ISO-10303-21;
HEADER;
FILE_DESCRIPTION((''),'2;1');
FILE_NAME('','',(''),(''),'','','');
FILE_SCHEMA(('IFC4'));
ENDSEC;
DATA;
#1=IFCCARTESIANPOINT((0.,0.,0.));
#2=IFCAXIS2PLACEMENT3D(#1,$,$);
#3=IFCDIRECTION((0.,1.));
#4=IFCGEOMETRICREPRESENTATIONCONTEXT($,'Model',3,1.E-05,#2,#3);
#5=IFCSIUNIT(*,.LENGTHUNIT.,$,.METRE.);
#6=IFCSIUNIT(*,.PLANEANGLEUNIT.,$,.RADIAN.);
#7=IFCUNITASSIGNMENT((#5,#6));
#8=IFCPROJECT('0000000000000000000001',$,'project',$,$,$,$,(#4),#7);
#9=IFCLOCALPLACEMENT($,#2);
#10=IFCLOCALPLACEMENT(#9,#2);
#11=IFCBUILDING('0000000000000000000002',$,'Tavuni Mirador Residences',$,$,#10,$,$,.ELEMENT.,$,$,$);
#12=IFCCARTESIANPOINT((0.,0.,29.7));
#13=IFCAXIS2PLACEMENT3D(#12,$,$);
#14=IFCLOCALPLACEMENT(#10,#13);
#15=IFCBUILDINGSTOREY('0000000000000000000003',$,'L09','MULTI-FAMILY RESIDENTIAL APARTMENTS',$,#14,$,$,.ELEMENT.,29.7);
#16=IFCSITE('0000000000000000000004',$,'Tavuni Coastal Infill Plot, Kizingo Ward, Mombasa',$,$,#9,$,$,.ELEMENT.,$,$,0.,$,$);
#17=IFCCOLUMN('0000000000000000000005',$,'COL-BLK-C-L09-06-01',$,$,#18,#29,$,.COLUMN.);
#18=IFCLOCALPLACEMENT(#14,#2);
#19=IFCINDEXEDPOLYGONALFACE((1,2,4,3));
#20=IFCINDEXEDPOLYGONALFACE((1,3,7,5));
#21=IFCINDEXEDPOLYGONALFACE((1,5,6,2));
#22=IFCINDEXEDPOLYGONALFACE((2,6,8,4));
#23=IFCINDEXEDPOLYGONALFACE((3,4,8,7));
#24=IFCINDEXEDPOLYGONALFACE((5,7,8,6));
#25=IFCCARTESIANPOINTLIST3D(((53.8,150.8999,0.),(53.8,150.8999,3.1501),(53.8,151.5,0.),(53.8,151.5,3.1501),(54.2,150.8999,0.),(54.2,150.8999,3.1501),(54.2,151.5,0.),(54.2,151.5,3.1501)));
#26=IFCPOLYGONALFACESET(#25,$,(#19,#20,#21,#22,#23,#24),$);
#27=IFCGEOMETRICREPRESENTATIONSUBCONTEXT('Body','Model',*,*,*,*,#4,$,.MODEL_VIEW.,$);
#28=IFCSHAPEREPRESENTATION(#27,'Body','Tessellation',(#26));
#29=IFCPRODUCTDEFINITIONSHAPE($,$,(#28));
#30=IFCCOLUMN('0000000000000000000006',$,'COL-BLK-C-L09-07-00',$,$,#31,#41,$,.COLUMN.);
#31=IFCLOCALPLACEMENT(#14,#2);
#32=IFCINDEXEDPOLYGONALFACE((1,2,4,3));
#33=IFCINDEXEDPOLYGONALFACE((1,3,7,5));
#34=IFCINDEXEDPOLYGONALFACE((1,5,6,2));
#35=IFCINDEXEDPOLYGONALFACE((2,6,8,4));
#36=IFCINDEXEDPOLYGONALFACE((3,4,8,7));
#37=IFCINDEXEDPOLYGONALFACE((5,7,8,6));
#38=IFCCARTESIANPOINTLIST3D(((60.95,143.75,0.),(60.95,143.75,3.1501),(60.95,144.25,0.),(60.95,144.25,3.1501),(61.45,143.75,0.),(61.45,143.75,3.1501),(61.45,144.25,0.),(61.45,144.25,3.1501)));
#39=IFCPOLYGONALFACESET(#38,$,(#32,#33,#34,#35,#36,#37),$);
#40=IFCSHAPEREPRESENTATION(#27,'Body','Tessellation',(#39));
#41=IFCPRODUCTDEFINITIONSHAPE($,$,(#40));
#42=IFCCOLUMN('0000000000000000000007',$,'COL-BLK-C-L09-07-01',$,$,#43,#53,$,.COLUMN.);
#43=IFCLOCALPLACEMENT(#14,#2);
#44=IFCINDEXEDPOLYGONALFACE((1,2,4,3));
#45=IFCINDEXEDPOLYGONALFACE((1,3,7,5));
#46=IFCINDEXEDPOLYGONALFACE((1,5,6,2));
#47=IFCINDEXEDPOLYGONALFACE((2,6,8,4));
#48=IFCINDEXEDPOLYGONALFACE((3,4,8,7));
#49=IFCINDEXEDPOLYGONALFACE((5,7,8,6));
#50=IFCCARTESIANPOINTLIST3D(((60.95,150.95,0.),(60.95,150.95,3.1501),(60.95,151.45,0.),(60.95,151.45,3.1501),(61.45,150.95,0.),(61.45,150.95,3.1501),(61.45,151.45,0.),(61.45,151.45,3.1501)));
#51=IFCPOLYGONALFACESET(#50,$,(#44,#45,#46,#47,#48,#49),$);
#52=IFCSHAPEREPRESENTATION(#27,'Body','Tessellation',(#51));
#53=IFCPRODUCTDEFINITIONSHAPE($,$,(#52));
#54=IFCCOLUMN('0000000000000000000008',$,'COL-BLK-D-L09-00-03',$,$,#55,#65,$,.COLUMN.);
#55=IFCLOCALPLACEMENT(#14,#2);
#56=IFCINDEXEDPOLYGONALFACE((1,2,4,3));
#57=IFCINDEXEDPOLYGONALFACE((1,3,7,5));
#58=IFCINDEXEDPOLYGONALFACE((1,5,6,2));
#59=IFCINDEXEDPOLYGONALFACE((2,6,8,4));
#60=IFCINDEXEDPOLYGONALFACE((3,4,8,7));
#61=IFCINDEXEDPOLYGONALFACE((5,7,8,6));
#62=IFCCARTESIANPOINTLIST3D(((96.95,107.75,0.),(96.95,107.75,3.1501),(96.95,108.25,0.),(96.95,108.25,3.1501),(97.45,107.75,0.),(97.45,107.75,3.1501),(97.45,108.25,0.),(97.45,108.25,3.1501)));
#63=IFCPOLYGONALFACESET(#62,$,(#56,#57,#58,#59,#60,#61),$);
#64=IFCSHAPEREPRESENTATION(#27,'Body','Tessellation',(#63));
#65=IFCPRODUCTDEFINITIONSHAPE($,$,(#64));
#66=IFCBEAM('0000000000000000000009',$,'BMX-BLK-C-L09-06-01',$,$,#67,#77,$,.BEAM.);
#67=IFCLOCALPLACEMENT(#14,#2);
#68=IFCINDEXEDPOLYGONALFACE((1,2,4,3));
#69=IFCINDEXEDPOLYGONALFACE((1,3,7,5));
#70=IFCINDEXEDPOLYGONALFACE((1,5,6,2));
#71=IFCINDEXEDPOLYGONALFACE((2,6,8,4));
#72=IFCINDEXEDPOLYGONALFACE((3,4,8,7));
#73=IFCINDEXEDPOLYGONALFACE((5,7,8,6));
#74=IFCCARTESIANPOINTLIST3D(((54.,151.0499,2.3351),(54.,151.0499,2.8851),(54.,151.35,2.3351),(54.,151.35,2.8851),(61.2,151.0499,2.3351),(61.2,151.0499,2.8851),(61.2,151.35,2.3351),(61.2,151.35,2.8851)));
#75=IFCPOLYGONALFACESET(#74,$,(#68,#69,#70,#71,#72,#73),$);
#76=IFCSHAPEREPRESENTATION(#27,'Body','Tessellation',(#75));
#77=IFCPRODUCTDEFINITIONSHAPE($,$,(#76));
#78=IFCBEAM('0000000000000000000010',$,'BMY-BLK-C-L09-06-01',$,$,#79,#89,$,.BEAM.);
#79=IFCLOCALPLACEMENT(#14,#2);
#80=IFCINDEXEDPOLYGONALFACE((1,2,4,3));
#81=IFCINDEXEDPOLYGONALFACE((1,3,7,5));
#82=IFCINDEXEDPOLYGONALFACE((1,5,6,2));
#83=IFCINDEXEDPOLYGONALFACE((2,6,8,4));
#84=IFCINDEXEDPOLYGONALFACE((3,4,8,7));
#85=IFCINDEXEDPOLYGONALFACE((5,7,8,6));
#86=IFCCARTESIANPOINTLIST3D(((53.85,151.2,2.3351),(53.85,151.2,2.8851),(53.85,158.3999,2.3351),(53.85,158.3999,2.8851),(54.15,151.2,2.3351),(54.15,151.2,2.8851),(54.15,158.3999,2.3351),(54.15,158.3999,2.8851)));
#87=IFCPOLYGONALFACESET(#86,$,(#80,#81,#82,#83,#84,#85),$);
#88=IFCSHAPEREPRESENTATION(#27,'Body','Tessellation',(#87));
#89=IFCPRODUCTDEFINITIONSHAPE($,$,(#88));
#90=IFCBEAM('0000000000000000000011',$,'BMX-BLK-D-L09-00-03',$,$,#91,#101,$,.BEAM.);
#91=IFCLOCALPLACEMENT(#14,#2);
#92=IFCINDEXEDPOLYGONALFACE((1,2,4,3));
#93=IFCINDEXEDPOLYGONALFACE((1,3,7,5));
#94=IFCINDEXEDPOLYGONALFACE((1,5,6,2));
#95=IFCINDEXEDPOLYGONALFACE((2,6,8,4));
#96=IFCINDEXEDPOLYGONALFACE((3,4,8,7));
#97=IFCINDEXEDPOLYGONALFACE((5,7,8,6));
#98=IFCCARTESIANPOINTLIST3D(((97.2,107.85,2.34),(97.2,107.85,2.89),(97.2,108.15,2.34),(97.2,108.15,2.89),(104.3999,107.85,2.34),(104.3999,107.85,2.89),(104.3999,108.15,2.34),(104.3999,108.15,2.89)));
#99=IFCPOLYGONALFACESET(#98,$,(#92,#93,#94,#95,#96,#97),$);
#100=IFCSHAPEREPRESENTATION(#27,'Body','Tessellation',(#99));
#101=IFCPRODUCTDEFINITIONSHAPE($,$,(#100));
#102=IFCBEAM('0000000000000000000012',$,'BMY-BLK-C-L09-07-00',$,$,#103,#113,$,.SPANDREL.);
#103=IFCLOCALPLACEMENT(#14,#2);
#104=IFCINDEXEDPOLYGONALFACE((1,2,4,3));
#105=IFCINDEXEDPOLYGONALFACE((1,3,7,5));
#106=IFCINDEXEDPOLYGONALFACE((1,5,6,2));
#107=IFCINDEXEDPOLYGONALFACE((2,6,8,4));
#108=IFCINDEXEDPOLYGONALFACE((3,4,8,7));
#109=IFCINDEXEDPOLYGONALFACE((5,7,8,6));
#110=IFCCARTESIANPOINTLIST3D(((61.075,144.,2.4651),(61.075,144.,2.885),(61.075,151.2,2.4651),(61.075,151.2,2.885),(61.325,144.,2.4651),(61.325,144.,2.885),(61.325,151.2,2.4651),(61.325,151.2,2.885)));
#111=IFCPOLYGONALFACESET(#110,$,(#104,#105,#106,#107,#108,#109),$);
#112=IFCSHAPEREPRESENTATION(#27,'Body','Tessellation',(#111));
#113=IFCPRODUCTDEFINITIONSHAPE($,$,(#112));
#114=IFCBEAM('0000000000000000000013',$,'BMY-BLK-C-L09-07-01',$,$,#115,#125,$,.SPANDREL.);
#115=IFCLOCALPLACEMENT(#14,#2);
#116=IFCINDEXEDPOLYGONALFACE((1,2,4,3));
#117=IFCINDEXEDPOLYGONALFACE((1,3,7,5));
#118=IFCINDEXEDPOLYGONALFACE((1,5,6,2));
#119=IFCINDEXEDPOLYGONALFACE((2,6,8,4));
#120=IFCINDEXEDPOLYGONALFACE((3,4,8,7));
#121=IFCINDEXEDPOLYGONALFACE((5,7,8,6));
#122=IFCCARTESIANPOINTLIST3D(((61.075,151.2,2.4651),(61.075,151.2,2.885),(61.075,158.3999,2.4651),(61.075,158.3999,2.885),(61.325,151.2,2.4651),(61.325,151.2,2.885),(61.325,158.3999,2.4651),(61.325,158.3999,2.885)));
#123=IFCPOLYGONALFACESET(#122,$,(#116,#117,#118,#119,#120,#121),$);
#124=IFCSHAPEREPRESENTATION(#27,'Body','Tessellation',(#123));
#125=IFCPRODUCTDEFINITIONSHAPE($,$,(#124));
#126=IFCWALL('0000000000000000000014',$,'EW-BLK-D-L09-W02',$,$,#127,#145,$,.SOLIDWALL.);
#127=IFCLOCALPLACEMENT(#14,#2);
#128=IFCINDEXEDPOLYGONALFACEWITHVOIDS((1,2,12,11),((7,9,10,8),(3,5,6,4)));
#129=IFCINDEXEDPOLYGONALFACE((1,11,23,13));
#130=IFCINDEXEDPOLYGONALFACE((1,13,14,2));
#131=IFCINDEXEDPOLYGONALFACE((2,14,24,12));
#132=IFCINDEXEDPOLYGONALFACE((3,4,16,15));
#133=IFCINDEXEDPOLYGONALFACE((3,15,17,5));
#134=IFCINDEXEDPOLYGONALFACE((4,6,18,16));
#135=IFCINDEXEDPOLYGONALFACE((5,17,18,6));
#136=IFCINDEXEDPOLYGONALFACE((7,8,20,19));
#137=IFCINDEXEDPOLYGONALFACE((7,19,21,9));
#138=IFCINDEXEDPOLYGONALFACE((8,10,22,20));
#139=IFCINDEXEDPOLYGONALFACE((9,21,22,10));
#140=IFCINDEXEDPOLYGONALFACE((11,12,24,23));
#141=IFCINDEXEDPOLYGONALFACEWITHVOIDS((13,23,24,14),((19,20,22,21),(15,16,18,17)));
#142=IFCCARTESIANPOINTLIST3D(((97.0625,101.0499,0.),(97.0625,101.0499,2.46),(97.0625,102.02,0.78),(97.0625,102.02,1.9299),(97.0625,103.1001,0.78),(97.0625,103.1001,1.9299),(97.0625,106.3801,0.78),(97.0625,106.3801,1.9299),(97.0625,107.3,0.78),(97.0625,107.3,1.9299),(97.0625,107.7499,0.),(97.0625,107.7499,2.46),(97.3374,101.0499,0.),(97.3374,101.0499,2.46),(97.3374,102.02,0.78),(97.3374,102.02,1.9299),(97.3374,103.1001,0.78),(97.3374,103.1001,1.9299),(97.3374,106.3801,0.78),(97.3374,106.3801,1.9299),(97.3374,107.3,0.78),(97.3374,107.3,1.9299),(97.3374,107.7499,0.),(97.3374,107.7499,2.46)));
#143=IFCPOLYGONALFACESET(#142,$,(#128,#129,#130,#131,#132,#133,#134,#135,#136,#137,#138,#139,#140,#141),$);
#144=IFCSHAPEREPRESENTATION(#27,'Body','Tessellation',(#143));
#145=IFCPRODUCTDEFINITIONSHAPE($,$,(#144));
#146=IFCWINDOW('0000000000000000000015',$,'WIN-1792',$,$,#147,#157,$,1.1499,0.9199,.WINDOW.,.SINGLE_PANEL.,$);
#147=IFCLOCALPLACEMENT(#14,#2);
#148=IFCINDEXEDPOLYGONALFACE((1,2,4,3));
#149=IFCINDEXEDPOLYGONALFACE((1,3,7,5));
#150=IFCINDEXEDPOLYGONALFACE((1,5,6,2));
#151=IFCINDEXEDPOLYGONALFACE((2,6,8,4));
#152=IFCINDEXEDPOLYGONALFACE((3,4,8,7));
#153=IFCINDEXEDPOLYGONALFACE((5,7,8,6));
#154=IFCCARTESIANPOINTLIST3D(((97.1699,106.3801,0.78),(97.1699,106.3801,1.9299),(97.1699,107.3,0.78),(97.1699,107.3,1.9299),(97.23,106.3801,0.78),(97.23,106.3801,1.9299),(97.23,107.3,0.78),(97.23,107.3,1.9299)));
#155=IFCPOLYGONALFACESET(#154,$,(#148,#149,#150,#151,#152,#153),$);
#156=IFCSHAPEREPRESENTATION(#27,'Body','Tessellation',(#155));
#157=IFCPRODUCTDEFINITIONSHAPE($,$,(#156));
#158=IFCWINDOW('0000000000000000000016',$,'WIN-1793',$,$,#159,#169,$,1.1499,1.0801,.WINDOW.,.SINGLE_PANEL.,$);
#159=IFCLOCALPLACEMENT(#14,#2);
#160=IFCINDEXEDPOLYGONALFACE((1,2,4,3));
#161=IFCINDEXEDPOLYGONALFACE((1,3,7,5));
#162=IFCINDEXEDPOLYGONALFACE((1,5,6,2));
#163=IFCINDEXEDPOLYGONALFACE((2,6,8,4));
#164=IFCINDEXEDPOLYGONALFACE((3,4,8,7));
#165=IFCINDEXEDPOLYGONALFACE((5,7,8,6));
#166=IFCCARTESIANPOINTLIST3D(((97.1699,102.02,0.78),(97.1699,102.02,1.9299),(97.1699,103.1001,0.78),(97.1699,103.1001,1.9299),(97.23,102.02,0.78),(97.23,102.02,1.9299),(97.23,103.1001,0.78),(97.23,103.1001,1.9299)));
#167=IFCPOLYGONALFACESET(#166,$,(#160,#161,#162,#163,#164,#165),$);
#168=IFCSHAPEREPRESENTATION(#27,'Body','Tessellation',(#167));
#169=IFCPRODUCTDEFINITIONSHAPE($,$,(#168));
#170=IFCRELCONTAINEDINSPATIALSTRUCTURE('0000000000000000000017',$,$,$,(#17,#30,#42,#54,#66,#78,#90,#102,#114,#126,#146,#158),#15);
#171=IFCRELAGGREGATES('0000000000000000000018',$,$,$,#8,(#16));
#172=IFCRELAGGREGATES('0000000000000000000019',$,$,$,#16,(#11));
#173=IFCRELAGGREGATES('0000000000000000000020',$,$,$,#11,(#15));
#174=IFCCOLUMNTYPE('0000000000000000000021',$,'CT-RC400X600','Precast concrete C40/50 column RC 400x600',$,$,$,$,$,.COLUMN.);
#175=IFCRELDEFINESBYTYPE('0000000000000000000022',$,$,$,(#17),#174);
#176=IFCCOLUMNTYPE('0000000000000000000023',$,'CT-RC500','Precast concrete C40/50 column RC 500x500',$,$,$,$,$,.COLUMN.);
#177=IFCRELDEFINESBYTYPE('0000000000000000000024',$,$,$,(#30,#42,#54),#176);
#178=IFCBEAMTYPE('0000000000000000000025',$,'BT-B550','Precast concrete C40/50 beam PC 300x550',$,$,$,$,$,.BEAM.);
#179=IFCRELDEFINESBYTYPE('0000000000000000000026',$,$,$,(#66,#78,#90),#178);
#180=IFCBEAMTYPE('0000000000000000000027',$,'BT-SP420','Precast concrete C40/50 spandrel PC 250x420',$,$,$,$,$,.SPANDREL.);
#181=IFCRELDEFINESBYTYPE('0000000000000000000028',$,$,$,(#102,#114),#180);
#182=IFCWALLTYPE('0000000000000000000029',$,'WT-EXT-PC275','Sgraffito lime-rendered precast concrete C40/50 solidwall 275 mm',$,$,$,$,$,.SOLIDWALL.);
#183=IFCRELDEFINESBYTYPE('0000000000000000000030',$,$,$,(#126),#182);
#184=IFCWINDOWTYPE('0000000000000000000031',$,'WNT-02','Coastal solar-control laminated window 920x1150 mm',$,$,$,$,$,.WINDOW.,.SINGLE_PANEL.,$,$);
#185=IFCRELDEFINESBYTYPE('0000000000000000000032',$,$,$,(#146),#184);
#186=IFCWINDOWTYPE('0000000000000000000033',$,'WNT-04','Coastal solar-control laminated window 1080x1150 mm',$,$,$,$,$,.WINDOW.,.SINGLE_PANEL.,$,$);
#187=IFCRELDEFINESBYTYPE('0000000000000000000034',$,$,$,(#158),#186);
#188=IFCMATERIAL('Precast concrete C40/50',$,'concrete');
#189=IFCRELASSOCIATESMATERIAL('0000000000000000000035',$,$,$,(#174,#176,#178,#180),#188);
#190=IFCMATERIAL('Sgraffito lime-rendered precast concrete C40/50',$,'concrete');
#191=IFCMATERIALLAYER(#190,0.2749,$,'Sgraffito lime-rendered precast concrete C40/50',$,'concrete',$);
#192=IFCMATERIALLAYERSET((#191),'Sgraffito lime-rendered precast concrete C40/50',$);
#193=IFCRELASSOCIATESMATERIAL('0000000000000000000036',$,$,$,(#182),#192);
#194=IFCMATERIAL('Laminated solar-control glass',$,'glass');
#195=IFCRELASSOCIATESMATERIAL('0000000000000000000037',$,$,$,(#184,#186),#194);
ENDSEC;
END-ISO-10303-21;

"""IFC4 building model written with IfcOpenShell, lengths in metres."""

from ifc_helpers import new_model, si_unit, direction, frame, frame_2d, origin, origin_2d, place, context, subcontext, project, spatial, rectangle, extrude, material, layer, layer_set, material_profile, profile_set, type_object, element, fill, save


model = new_model("IFC4")

# Units and contexts
model_context = context("Model", 3, precision=1e-05, world=origin(), true_north=direction((0.0, 1.0)))
body_context = subcontext(model_context, "Body", "Model", "MODEL_VIEW")
ifc_project = project(units=[si_unit("LENGTHUNIT", "METRE"), si_unit("PLANEANGLEUNIT", "RADIAN")], contexts=[model_context])

# Site, building, storey
site_placement = place(None, origin())
site = spatial("IfcSite", under=ifc_project, at=site_placement, Name="Tavuni Coastal Infill Plot, Kizingo Ward, Mombasa", CompositionType="ELEMENT", RefElevation=0.0)
building_placement = place(site_placement, origin())
building = spatial("IfcBuilding", under=site, at=building_placement, Name="Tavuni Mirador Residences", CompositionType="ELEMENT")
storey_placement = place(building_placement, frame((0.0, 0.0, 29.7)))
storey = spatial("IfcBuildingStorey", under=building, at=storey_placement, Name="L09", Description="MULTI-FAMILY RESIDENTIAL APARTMENTS", CompositionType="ELEMENT", Elevation=29.7)

# Columns
ifc_material_1 = material(Name="Precast concrete C40/50", Category="concrete")
ifc_material_profile_1 = material_profile(ifc_material_1, rectangle(XDim=0.3999, YDim=0.6001, at=origin_2d()), Name="RC 400x600", Category="concrete")
ifc_profile_set_1 = profile_set([ifc_material_profile_1], Name="Precast concrete C40/50")
column_type_1 = type_object("IfcColumnType", Name="CT-RC400X600", Description="Precast concrete C40/50 column RC 400x600", PredefinedType="COLUMN", material=ifc_profile_set_1)
column_placement = place(storey_placement, frame((54.0, 151.2, 0.0), z_axis=(0.0, 0.0, 1.0), x_axis=(1.0, 0.0, 0.0)))
element("IfcColumn", 1, at=column_placement, inside=storey, type_object=column_type_1, Name="COL-BLK-C-L09-06-01", PredefinedType="COLUMN", context=body_context, shape_type="SweptSolid", body=[
    extrude(rectangle(XDim=0.3999, YDim=0.6001, at=origin_2d()), origin(), (0.0, 0.0, 1.0), 3.1501),
])
ifc_material_profile_2 = material_profile(ifc_material_1, rectangle(XDim=0.5, YDim=0.5, at=origin_2d()), Name="RC 500x500", Category="concrete")
ifc_profile_set_2 = profile_set([ifc_material_profile_2], Name="Precast concrete C40/50")
column_type_2 = type_object("IfcColumnType", Name="CT-RC500", Description="Precast concrete C40/50 column RC 500x500", PredefinedType="COLUMN", material=ifc_profile_set_2)
for number, where, z_axis, x_axis, name in (
    (2, (61.2, 144.0, 0.0), (0.0, 0.0, 1.0), (1.0, 0.0, 0.0), "COL-BLK-C-L09-07-00"),
    (3, (61.2, 151.2, 0.0), (0.0, 0.0, 1.0), (1.0, 0.0, 0.0), "COL-BLK-C-L09-07-01"),
    (4, (97.2, 108.0, 0.0), (0.0, 0.0, 1.0), (1.0, 0.0, 0.0), "COL-BLK-D-L09-00-03"),
):
    element("IfcColumn", number, at=place(storey_placement, frame(where, z_axis=z_axis, x_axis=x_axis)), inside=storey, type_object=column_type_2, Name=name, PredefinedType="COLUMN", context=body_context, shape_type="SweptSolid", body=[
        extrude(rectangle(XDim=0.5, YDim=0.5, at=origin_2d()), origin(), (0.0, 0.0, 1.0), 3.1501),
    ])

# Beams
ifc_material_profile_3 = material_profile(ifc_material_1, rectangle(XDim=0.3, YDim=0.55, at=origin_2d()), Name="PC 300x550", Category="concrete")
ifc_profile_set_3 = profile_set([ifc_material_profile_3], Name="Precast concrete C40/50")
beam_type_1 = type_object("IfcBeamType", Name="BT-B550", Description="Precast concrete C40/50 beam PC 300x550", PredefinedType="BEAM", material=ifc_profile_set_3)
for number, where, z_axis, x_axis, name in (
    (5, (54.0, 151.2, 2.6101), (1.0, 0.0, 0.0), (0.0, 1.0, 0.0), "BMX-BLK-C-L09-06-01"),
    (6, (54.0, 151.2, 2.6101), (0.0, 1.0, 0.0), (-1.0, 0.0, 0.0), "BMY-BLK-C-L09-06-01"),
    (7, (97.2, 108.0, 2.615), (1.0, 0.0, 0.0), (0.0, 1.0, 0.0), "BMX-BLK-D-L09-00-03"),
):
    element("IfcBeam", number, at=place(storey_placement, frame(where, z_axis=z_axis, x_axis=x_axis)), inside=storey, type_object=beam_type_1, Name=name, PredefinedType="BEAM", context=body_context, shape_type="SweptSolid", body=[
        extrude(rectangle(XDim=0.3, YDim=0.55, at=origin_2d()), origin(), (0.0, 0.0, 1.0), 7.2),
    ])
ifc_material_profile_4 = material_profile(ifc_material_1, rectangle(XDim=0.25, YDim=0.4199, at=origin_2d()), Name="PC 250x420", Category="concrete")
ifc_profile_set_4 = profile_set([ifc_material_profile_4], Name="Precast concrete C40/50")
beam_type_2 = type_object("IfcBeamType", Name="BT-SP420", Description="Precast concrete C40/50 spandrel PC 250x420", PredefinedType="SPANDREL", material=ifc_profile_set_4)
for number, where, z_axis, x_axis, name in (
    (8, (61.2, 144.0, 2.675), (0.0, 1.0, 0.0), (-1.0, 0.0, 0.0), "BMY-BLK-C-L09-07-00"),
    (9, (61.2, 151.2, 2.675), (0.0, 1.0, 0.0), (-1.0, 0.0, 0.0), "BMY-BLK-C-L09-07-01"),
):
    element("IfcBeam", number, at=place(storey_placement, frame(where, z_axis=z_axis, x_axis=x_axis)), inside=storey, type_object=beam_type_2, Name=name, PredefinedType="SPANDREL", context=body_context, shape_type="SweptSolid", body=[
        extrude(rectangle(XDim=0.25, YDim=0.4199, at=origin_2d()), origin(), (0.0, 0.0, 1.0), 7.2),
    ])

# Wall, openings, windows
ifc_material_2 = material(Name="Sgraffito lime-rendered precast concrete C40/50", Category="concrete")
ifc_layer_1 = layer(ifc_material_2, 0.2749, Name="Sgraffito lime-rendered precast concrete C40/50", Category="concrete")
ifc_layer_set_1 = layer_set([ifc_layer_1], Name="Sgraffito lime-rendered precast concrete C40/50")
wall_type_1 = type_object("IfcWallType", Name="WT-EXT-PC275", Description="Sgraffito lime-rendered precast concrete C40/50 solidwall 275 mm", PredefinedType="SOLIDWALL", material=ifc_layer_set_1)
wall_1_placement = place(storey_placement, frame((97.2, 107.75, 0.0), z_axis=(0.0, 0.0, 1.0), x_axis=(0.0, -1.0, 0.0)))
wall_1 = element("IfcWall", 10, at=wall_1_placement, inside=storey, type_object=wall_type_1, Name="EW-BLK-D-L09-W02", PredefinedType="SOLIDWALL", context=body_context, shape_type="SweptSolid", body=[
    extrude(rectangle(XDim=6.7, YDim=0.2749, at=frame_2d((3.3501, 0.0))), origin(), (0.0, 0.0, 1.0), 2.46),
])
opening_1_placement = place(wall_1_placement, frame((0.45, 0.0, 0.78)))
opening_1 = element("IfcOpeningElement", 11, at=opening_1_placement, cuts=wall_1, PredefinedType="OPENING", context=body_context, shape_type="SweptSolid", body=[
    extrude(rectangle(XDim=0.9199, YDim=1.1499, at=frame_2d((0.46, 0.575))), frame((0.0, 0.1475, 0.0), z_axis=(0.0, -1.0, 0.0), x_axis=(1.0, 0.0, 0.0)), (0.0, 0.0, 1.0), 0.2949),
])
opening_2_placement = place(wall_1_placement, frame((4.6499, 0.0, 0.78)))
opening_2 = element("IfcOpeningElement", 12, at=opening_2_placement, cuts=wall_1, PredefinedType="OPENING", context=body_context, shape_type="SweptSolid", body=[
    extrude(rectangle(XDim=1.0801, YDim=1.1499, at=frame_2d((0.54, 0.575))), frame((0.0, 0.1475, 0.0), z_axis=(0.0, -1.0, 0.0), x_axis=(1.0, 0.0, 0.0)), (0.0, 0.0, 1.0), 0.2949),
])
ifc_material_3 = material(Name="Laminated solar-control glass", Category="glass")
window_type_1 = type_object("IfcWindowType", Name="WNT-02", Description="Coastal solar-control laminated window 920x1150 mm", PartitioningType="SINGLE_PANEL", PredefinedType="WINDOW", material=ifc_material_3)
window_1_placement = place(opening_1_placement, origin())
window_1 = element("IfcWindow", 13, at=window_1_placement, inside=storey, type_object=window_type_1, Name="WIN-1792", OverallHeight=1.1499, OverallWidth=0.9199, PartitioningType="SINGLE_PANEL", PredefinedType="WINDOW", context=body_context, shape_type="SweptSolid", body=[
    extrude(rectangle(XDim=0.9199, YDim=1.1499, at=frame_2d((0.46, 0.575))), frame((0.0, 0.03, 0.0), z_axis=(0.0, -1.0, 0.0), x_axis=(1.0, 0.0, 0.0)), (0.0, 0.0, 1.0), 0.0601),
])
fill(opening_1, window_1)
window_type_2 = type_object("IfcWindowType", Name="WNT-04", Description="Coastal solar-control laminated window 1080x1150 mm", PartitioningType="SINGLE_PANEL", PredefinedType="WINDOW", material=ifc_material_3)
window_2_placement = place(opening_2_placement, origin())
window_2 = element("IfcWindow", 14, at=window_2_placement, inside=storey, type_object=window_type_2, Name="WIN-1793", OverallHeight=1.1499, OverallWidth=1.0801, PartitioningType="SINGLE_PANEL", PredefinedType="WINDOW", context=body_context, shape_type="SweptSolid", body=[
    extrude(rectangle(XDim=1.0801, YDim=1.1499, at=frame_2d((0.54, 0.575))), frame((0.0, 0.03, 0.0), z_axis=(0.0, -1.0, 0.0), x_axis=(1.0, 0.0, 0.0)), (0.0, 0.0, 1.0), 0.0601),
])
fill(opening_2, window_2)

save(model, "model.ifc")
